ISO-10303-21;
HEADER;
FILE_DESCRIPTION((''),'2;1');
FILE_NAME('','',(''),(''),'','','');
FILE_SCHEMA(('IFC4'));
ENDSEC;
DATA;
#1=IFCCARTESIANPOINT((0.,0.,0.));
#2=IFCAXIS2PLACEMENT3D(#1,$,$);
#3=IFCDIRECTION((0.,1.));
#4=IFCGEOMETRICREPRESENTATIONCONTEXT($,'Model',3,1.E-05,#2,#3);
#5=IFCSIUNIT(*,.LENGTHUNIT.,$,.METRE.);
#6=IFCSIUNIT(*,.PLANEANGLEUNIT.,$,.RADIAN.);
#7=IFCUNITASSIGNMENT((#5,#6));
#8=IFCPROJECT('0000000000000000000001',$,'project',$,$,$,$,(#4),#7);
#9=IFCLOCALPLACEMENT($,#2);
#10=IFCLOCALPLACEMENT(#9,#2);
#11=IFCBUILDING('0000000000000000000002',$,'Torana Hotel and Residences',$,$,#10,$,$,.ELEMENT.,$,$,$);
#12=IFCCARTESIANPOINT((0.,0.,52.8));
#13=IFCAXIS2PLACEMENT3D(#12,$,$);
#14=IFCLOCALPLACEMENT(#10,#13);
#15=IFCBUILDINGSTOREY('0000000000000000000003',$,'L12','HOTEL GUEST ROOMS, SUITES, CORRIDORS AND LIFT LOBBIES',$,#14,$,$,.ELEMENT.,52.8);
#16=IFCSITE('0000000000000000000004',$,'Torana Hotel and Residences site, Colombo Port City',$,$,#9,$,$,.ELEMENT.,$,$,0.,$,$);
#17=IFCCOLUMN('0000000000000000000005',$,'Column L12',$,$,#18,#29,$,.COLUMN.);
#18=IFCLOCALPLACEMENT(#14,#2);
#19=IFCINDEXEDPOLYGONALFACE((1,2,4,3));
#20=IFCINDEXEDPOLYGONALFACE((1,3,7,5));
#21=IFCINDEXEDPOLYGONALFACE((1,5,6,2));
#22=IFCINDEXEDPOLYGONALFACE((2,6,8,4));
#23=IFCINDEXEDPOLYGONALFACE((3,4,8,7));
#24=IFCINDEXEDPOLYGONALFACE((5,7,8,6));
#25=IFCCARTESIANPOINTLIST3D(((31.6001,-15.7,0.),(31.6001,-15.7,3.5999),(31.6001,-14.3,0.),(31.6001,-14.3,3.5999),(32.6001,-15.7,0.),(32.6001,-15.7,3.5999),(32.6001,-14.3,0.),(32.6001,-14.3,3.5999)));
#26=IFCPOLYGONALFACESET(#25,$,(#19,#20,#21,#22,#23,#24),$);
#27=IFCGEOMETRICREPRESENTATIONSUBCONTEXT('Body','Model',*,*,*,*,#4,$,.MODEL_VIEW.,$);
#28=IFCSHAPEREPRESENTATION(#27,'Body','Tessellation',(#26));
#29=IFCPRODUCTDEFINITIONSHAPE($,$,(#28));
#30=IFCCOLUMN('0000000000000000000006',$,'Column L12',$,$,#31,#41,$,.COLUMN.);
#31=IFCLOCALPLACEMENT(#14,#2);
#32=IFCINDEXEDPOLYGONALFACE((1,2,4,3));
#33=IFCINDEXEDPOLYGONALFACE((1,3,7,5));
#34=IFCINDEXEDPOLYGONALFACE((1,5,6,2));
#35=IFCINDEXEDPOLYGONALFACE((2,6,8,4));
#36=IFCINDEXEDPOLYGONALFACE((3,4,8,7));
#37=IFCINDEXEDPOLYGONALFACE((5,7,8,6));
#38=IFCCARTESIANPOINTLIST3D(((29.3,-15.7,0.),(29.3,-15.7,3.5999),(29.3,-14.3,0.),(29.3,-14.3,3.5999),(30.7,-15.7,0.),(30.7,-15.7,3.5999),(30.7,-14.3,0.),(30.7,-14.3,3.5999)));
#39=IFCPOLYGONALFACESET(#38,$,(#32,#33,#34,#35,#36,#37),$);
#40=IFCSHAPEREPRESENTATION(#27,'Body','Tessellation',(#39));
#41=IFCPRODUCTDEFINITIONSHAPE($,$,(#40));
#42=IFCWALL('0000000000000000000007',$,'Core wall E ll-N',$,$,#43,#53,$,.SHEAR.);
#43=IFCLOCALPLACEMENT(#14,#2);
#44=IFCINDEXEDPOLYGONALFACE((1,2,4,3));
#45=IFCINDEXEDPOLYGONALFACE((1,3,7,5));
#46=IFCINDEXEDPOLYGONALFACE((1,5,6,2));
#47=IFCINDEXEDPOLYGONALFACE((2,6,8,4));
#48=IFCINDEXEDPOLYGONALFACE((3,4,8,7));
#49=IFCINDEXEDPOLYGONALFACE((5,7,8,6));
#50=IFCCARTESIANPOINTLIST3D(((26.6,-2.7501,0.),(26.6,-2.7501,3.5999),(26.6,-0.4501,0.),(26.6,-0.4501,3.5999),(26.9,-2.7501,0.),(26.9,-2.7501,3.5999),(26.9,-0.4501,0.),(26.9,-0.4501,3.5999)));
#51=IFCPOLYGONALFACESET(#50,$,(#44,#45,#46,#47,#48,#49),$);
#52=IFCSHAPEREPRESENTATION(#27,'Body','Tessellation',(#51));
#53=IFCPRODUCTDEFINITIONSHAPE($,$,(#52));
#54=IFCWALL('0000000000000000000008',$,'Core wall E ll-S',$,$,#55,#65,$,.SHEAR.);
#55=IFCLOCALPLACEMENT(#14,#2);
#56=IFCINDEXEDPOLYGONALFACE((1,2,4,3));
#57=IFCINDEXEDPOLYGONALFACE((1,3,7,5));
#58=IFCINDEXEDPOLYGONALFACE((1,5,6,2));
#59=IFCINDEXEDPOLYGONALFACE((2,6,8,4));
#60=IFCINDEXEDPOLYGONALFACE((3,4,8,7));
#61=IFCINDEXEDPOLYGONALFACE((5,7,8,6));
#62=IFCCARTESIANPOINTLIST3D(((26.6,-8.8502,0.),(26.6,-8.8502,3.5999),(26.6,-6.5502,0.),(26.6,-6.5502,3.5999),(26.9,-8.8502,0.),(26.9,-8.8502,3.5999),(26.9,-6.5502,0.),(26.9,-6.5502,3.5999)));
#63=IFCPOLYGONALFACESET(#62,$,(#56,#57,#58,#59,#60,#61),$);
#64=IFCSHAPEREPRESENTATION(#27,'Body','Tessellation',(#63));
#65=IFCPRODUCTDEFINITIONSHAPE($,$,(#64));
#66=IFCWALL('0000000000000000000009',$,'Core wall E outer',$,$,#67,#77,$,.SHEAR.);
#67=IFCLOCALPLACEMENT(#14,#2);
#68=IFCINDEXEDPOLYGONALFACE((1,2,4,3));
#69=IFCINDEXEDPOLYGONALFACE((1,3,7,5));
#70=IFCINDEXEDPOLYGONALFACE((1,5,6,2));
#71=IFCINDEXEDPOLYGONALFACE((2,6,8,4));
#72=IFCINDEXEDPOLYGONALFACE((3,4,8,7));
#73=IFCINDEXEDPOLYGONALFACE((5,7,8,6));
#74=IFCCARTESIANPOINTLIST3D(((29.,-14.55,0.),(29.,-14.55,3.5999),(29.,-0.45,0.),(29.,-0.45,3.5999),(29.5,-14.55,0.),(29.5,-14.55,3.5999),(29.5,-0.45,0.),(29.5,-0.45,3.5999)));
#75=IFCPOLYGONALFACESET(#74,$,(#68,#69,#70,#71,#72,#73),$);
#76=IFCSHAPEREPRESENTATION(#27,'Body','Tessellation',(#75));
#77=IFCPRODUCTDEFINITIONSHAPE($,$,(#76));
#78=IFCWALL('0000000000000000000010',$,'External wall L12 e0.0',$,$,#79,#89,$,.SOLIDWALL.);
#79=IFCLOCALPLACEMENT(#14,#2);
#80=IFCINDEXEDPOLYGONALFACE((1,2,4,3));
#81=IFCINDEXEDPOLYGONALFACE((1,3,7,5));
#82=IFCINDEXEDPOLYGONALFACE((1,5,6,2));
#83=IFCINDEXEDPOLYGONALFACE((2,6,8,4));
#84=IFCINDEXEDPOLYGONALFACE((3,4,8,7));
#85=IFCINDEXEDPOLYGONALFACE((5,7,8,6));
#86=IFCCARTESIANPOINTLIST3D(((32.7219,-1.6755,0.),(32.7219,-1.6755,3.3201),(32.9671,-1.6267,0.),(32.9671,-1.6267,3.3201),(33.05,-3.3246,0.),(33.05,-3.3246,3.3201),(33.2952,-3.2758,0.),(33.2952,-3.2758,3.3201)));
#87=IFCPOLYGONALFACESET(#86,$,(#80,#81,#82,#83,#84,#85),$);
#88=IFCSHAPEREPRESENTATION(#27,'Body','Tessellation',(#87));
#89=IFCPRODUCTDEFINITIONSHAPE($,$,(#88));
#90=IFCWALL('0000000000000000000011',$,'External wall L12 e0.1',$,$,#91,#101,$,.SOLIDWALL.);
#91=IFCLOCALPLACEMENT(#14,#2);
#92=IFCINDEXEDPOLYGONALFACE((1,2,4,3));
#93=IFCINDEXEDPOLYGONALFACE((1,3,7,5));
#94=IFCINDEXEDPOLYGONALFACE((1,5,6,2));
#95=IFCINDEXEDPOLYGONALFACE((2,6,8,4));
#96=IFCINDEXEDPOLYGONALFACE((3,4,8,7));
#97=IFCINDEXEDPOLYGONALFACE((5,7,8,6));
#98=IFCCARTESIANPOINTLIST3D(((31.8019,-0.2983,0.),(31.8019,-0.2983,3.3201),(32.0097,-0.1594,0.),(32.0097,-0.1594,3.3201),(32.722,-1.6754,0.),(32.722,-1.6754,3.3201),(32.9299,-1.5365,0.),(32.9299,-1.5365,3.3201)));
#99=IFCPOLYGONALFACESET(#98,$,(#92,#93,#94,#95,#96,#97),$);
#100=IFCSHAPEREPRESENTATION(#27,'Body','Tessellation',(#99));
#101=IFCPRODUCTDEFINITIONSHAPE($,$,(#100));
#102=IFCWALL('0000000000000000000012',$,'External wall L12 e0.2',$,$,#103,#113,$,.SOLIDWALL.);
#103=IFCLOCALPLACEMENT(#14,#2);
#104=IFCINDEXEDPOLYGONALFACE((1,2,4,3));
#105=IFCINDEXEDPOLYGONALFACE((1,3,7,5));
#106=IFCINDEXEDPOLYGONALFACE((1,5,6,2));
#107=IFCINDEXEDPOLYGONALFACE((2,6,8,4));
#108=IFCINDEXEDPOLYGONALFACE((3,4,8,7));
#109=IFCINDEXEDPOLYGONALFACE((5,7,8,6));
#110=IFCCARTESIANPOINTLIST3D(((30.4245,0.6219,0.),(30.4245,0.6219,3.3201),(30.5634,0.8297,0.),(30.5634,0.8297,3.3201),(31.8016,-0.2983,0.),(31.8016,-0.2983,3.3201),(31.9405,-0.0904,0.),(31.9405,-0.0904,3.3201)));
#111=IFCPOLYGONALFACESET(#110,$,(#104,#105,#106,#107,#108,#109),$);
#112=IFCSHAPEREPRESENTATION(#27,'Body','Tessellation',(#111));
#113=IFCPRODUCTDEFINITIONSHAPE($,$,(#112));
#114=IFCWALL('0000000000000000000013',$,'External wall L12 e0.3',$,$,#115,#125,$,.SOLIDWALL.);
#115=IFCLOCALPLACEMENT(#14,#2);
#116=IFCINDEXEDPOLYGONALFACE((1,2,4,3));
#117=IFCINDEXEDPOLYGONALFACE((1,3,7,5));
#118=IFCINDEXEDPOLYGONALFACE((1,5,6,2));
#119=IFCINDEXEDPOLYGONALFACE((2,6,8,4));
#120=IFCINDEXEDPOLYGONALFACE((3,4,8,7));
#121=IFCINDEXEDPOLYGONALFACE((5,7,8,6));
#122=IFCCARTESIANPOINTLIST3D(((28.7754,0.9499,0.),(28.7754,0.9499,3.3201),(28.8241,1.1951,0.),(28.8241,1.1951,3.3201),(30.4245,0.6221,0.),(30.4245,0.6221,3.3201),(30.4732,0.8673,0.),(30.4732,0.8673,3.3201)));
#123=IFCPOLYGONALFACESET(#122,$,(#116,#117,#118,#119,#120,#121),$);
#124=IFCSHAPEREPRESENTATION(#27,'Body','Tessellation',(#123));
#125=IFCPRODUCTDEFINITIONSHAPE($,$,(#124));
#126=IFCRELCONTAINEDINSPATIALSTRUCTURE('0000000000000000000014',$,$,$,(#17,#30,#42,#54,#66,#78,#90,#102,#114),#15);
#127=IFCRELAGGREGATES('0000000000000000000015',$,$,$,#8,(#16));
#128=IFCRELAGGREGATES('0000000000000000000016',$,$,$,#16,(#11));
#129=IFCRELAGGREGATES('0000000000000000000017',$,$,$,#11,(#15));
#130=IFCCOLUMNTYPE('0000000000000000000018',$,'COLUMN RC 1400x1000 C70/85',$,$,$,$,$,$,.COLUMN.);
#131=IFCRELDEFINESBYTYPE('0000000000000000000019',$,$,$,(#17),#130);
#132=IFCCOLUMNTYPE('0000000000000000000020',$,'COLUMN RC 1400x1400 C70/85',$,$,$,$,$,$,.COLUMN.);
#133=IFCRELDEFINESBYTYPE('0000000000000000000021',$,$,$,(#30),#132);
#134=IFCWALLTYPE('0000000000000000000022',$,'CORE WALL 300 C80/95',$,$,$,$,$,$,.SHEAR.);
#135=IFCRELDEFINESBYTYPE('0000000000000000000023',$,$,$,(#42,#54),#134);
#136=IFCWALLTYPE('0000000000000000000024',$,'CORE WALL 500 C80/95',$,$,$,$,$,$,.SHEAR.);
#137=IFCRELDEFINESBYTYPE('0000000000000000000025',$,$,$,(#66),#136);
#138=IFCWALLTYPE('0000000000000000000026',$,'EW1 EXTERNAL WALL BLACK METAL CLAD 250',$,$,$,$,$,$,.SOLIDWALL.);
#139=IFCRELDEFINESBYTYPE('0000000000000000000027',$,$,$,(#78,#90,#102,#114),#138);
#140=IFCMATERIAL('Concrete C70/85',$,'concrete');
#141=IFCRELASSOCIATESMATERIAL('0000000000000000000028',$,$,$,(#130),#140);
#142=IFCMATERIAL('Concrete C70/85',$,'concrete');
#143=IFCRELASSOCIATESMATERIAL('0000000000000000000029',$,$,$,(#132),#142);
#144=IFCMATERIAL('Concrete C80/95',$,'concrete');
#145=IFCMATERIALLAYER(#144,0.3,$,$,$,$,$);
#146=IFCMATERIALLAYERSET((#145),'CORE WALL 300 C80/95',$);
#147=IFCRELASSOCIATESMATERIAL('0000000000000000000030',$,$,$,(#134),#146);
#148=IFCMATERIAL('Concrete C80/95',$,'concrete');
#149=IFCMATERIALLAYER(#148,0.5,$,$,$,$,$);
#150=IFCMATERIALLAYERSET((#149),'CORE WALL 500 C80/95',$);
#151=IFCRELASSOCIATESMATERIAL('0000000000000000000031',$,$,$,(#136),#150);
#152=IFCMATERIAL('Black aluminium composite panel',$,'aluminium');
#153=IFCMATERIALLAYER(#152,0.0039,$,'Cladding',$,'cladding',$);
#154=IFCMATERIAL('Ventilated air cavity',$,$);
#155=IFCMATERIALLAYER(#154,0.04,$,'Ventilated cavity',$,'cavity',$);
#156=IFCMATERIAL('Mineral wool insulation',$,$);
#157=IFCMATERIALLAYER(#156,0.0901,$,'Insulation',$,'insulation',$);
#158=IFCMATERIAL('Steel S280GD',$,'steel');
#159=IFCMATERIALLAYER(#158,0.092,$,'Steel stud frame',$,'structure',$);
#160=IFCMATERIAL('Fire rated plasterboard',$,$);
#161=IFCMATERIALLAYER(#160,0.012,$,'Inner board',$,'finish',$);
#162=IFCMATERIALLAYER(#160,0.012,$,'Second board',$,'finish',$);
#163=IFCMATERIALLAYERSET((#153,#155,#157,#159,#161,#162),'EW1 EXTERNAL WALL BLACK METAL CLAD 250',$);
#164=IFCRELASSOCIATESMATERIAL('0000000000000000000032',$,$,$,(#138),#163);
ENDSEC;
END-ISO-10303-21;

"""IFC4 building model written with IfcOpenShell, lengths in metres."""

from ifc_helpers import new_model, si_unit, direction, frame, frame_2d, origin, origin_2d, place, context, subcontext, project, spatial, rectangle, extrude, material, layer, layer_set, material_profile, profile_set, type_object, element, save


model = new_model("IFC4")

# Units and contexts
model_context = context("Model", 3, precision=1e-05, world=origin(), true_north=direction((0.0, 1.0)))
body_context = subcontext(model_context, "Body", "Model", "MODEL_VIEW")
ifc_project = project(units=[si_unit("LENGTHUNIT", "METRE"), si_unit("PLANEANGLEUNIT", "RADIAN")], contexts=[model_context])

# Site, building, storey
site_placement = place(None, origin())
site = spatial("IfcSite", under=ifc_project, at=site_placement, Name="Torana Hotel and Residences site, Colombo Port City", CompositionType="ELEMENT", RefElevation=0.0)
building_placement = place(site_placement, origin())
building = spatial("IfcBuilding", under=site, at=building_placement, Name="Torana Hotel and Residences", CompositionType="ELEMENT")
storey_placement = place(building_placement, frame((0.0, 0.0, 52.8)))
storey = spatial("IfcBuildingStorey", under=building, at=storey_placement, Name="L12", Description="HOTEL GUEST ROOMS, SUITES, CORRIDORS AND LIFT LOBBIES", CompositionType="ELEMENT", Elevation=52.8)

# Columns
ifc_material_1 = material(Name="Concrete C70/85", Category="concrete")
ifc_material_profile_1 = material_profile(ifc_material_1, rectangle(XDim=1.3999, YDim=1.0, at=origin_2d()), Name="RC 1400x1000")
ifc_profile_set_1 = profile_set([ifc_material_profile_1], Name="Concrete C70/85")
column_type_1 = type_object("IfcColumnType", Name="COLUMN RC 1400x1000 C70/85", PredefinedType="COLUMN", material=ifc_profile_set_1)
column_1_placement = place(storey_placement, frame((32.1001, -15.0, 0.0), z_axis=(0.0, 0.0, 1.0), x_axis=(0.0, 1.0, 0.0)))
element("IfcColumn", 1, at=column_1_placement, inside=storey, type_object=column_type_1, Name="Column L12", PredefinedType="COLUMN", context=body_context, shape_type="SweptSolid", body=[
    extrude(rectangle(XDim=1.3999, YDim=1.0, at=origin_2d()), origin(), (0.0, 0.0, 1.0), 3.5999),
])
ifc_material_2 = material(Name="Concrete C70/85", Category="concrete")
ifc_material_profile_2 = material_profile(ifc_material_2, rectangle(XDim=1.3999, YDim=1.3999, at=origin_2d()), Name="RC 1400x1400")
ifc_profile_set_2 = profile_set([ifc_material_profile_2], Name="Concrete C70/85")
column_type_2 = type_object("IfcColumnType", Name="COLUMN RC 1400x1400 C70/85", PredefinedType="COLUMN", material=ifc_profile_set_2)
column_2_placement = place(storey_placement, frame((30.0, -15.0, 0.0), z_axis=(0.0, 0.0, 1.0), x_axis=(1.0, 0.0, 0.0)))
element("IfcColumn", 2, at=column_2_placement, inside=storey, type_object=column_type_2, Name="Column L12", PredefinedType="COLUMN", context=body_context, shape_type="SweptSolid", body=[
    extrude(rectangle(XDim=1.3999, YDim=1.3999, at=origin_2d()), origin(), (0.0, 0.0, 1.0), 3.5999),
])

# Walls
ifc_material_3 = material(Name="Concrete C80/95", Category="concrete")
ifc_layer_1 = layer(ifc_material_3, 0.3)
ifc_layer_set_1 = layer_set([ifc_layer_1], Name="CORE WALL 300 C80/95")
wall_type_1 = type_object("IfcWallType", Name="CORE WALL 300 C80/95", PredefinedType="SHEAR", material=ifc_layer_set_1)
for number, where, z_axis, x_axis, name in (
    (3, (26.75, -2.75, 0.0), (0.0, 0.0, 1.0), (0.0, 1.0, 0.0), "Core wall E ll-N"),
    (4, (26.75, -8.8501, 0.0), (0.0, 0.0, 1.0), (0.0, 1.0, 0.0), "Core wall E ll-S"),
):
    element("IfcWall", number, at=place(storey_placement, frame(where, z_axis=z_axis, x_axis=x_axis)), inside=storey, type_object=wall_type_1, Name=name, PredefinedType="SHEAR", context=body_context, shape_type="SweptSolid", body=[
        extrude(rectangle(XDim=2.3, YDim=0.3, at=frame_2d((1.1499, 0.0))), origin(), (0.0, 0.0, 1.0), 3.5999),
    ])
ifc_material_4 = material(Name="Concrete C80/95", Category="concrete")
ifc_layer_2 = layer(ifc_material_4, 0.5)
ifc_layer_set_2 = layer_set([ifc_layer_2], Name="CORE WALL 500 C80/95")
wall_type_2 = type_object("IfcWallType", Name="CORE WALL 500 C80/95", PredefinedType="SHEAR", material=ifc_layer_set_2)
wall_1_placement = place(storey_placement, frame((29.25, -14.55, 0.0), z_axis=(0.0, 0.0, 1.0), x_axis=(0.0, 1.0, 0.0)))
element("IfcWall", 5, at=wall_1_placement, inside=storey, type_object=wall_type_2, Name="Core wall E outer", PredefinedType="SHEAR", context=body_context, shape_type="SweptSolid", body=[
    extrude(rectangle(XDim=14.1001, YDim=0.5, at=frame_2d((7.05, 0.0))), origin(), (0.0, 0.0, 1.0), 3.5999),
])
ifc_material_5 = material(Name="Black aluminium composite panel", Category="aluminium")
ifc_layer_3 = layer(ifc_material_5, 0.0039, Name="Cladding", Category="cladding")
ifc_material_6 = material(Name="Ventilated air cavity")
ifc_layer_4 = layer(ifc_material_6, 0.04, Name="Ventilated cavity", Category="cavity")
ifc_material_7 = material(Name="Mineral wool insulation")
ifc_layer_5 = layer(ifc_material_7, 0.0901, Name="Insulation", Category="insulation")
ifc_material_8 = material(Name="Steel S280GD", Category="steel")
ifc_layer_6 = layer(ifc_material_8, 0.092, Name="Steel stud frame", Category="structure")
ifc_material_9 = material(Name="Fire rated plasterboard")
ifc_layer_7 = layer(ifc_material_9, 0.012, Name="Inner board", Category="finish")
ifc_layer_8 = layer(ifc_material_9, 0.012, Name="Second board", Category="finish")
ifc_layer_set_3 = layer_set([ifc_layer_3, ifc_layer_4, ifc_layer_5, ifc_layer_6, ifc_layer_7, ifc_layer_8], Name="EW1 EXTERNAL WALL BLACK METAL CLAD 250")
wall_type_3 = type_object("IfcWallType", Name="EW1 EXTERNAL WALL BLACK METAL CLAD 250", PredefinedType="SOLIDWALL", material=ifc_layer_set_3)
wall_2_placement = place(storey_placement, frame((33.1726, -3.3003, 0.0), z_axis=(0.0, 0.0, 1.0), x_axis=(-0.195139, 0.980776, 0.0)))
element("IfcWall", 6, at=wall_2_placement, inside=storey, type_object=wall_type_3, Name="External wall L12 e0.0", PredefinedType="SOLIDWALL", context=body_context, shape_type="SweptSolid", body=[
    extrude(rectangle(XDim=1.6814, YDim=0.25, at=frame_2d((0.8408, 0.0))), origin(), (0.0, 0.0, 1.0), 3.3201),
])
for number, where, z_axis, x_axis, name in (
    (7, (32.8259, -1.606, 0.0), (0.0, 0.0, 1.0), (-0.55555, 0.831483, 0.0), "External wall L12 e0.1"),
    (8, (31.8711, -0.1943, 0.0), (0.0, 0.0, 1.0), (-0.831483, 0.55555, 0.0), "External wall L12 e0.2"),
):
    element("IfcWall", number, at=place(storey_placement, frame(where, z_axis=z_axis, x_axis=x_axis)), inside=storey, type_object=wall_type_3, Name=name, PredefinedType="SOLIDWALL", context=body_context, shape_type="SweptSolid", body=[
        extrude(rectangle(XDim=1.6562, YDim=0.25, at=frame_2d((0.8281, 0.0))), origin(), (0.0, 0.0, 1.0), 3.3201),
    ])
wall_3_placement = place(storey_placement, frame((30.449, 0.7446, 0.0), z_axis=(0.0, 0.0, 1.0), x_axis=(-0.980803, 0.194999, 0.0)))
element("IfcWall", 9, at=wall_3_placement, inside=storey, type_object=wall_type_3, Name="External wall L12 e0.3", PredefinedType="SOLIDWALL", context=body_context, shape_type="SweptSolid", body=[
    extrude(rectangle(XDim=1.6814, YDim=0.25, at=frame_2d((0.8408, 0.0))), origin(), (0.0, 0.0, 1.0), 3.3201),
])

save(model, "model.ifc")
